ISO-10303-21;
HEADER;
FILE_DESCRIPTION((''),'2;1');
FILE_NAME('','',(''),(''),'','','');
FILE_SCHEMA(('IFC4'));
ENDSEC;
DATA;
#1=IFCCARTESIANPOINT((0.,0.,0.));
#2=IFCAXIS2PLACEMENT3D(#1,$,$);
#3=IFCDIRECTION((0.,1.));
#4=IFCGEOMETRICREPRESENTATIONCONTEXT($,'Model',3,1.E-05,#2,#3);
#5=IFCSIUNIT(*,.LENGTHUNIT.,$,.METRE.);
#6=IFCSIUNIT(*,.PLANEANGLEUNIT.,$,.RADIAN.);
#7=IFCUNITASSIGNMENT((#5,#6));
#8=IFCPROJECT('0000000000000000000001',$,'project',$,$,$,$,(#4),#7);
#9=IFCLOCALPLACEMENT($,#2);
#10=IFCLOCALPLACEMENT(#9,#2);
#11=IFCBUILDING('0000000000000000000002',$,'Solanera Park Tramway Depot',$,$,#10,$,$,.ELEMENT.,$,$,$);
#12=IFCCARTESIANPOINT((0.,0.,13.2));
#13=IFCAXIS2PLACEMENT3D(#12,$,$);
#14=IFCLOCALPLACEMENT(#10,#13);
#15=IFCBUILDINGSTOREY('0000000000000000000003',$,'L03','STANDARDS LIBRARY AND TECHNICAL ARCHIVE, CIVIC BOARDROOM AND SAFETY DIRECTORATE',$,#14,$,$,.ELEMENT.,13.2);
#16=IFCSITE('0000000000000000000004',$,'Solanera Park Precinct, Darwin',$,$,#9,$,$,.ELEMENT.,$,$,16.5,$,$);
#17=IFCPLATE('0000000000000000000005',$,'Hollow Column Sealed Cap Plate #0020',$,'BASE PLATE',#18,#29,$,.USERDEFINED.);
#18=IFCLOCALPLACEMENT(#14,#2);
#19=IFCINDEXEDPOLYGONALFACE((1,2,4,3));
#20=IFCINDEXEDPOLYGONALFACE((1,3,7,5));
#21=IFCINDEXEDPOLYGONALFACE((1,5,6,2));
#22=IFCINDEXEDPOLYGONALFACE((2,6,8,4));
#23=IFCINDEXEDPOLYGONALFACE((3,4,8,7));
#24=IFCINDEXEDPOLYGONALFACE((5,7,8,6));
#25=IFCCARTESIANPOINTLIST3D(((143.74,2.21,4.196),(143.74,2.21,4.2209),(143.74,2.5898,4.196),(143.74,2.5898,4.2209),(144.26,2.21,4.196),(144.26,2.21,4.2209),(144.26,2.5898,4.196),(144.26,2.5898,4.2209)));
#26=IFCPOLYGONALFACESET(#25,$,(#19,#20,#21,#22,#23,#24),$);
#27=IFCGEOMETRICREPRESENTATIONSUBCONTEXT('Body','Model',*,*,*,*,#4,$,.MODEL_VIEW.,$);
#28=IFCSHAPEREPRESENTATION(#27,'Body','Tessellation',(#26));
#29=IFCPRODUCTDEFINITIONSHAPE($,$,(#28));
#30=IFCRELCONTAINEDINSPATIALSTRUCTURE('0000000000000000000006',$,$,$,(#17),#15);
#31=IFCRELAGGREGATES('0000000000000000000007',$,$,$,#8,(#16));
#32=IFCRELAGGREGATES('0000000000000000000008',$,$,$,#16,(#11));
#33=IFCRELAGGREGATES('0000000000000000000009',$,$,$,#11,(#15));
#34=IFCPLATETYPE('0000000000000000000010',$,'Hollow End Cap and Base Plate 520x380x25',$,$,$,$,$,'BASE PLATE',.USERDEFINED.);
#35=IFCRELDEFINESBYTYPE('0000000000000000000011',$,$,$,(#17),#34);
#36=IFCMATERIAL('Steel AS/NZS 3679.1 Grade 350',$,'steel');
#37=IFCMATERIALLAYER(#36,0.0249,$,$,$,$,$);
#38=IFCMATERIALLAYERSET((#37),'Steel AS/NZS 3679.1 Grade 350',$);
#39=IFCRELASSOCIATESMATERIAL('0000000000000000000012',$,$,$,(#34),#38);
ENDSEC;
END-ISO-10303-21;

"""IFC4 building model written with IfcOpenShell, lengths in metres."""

from ifc_helpers import new_model, si_unit, direction, frame, origin, origin_2d, place, context, subcontext, project, spatial, rectangle, extrude, material, layer, layer_set, type_object, element, save


model = new_model("IFC4")

# Units and contexts
model_context = context("Model", 3, precision=1e-05, world=origin(), true_north=direction((0.0, 1.0)))
body_context = subcontext(model_context, "Body", "Model", "MODEL_VIEW")
ifc_project = project(units=[si_unit("LENGTHUNIT", "METRE"), si_unit("PLANEANGLEUNIT", "RADIAN")], contexts=[model_context])

# Site, building, storey
site_placement = place(None, origin())
site = spatial("IfcSite", under=ifc_project, at=site_placement, Name="Solanera Park Precinct, Darwin", CompositionType="ELEMENT", RefElevation=16.5)
building_placement = place(site_placement, origin())
building = spatial("IfcBuilding", under=site, at=building_placement, Name="Solanera Park Tramway Depot", CompositionType="ELEMENT")
storey_placement = place(building_placement, frame((0.0, 0.0, 13.2)))
storey = spatial("IfcBuildingStorey", under=building, at=storey_placement, Name="L03", Description="STANDARDS LIBRARY AND TECHNICAL ARCHIVE, CIVIC BOARDROOM AND SAFETY DIRECTORATE", CompositionType="ELEMENT", Elevation=13.2)

# Plate
ifc_material_1 = material(Name="Steel AS/NZS 3679.1 Grade 350", Category="steel")
ifc_layer_1 = layer(ifc_material_1, 0.0249)
ifc_layer_set_1 = layer_set([ifc_layer_1], Name="Steel AS/NZS 3679.1 Grade 350")
plate_type_1 = type_object("IfcPlateType", Name="Hollow End Cap and Base Plate 520x380x25", ElementType="BASE PLATE", PredefinedType="USERDEFINED", material=ifc_layer_set_1)
plate_1_placement = place(storey_placement, frame((144.0, 2.3999, 4.196), z_axis=(0.0, 0.0, 1.0), x_axis=(1.0, 0.0, 0.0)))
element("IfcPlate", 1, at=plate_1_placement, inside=storey, type_object=plate_type_1, Name="Hollow Column Sealed Cap Plate #0020", ObjectType="BASE PLATE", PredefinedType="USERDEFINED", context=body_context, shape_type="SweptSolid", body=[
    extrude(rectangle(XDim=0.52, YDim=0.3799, at=origin_2d()), origin(), (0.0, 0.0, 1.0), 0.0249),
])

save(model, "model.ifc")
